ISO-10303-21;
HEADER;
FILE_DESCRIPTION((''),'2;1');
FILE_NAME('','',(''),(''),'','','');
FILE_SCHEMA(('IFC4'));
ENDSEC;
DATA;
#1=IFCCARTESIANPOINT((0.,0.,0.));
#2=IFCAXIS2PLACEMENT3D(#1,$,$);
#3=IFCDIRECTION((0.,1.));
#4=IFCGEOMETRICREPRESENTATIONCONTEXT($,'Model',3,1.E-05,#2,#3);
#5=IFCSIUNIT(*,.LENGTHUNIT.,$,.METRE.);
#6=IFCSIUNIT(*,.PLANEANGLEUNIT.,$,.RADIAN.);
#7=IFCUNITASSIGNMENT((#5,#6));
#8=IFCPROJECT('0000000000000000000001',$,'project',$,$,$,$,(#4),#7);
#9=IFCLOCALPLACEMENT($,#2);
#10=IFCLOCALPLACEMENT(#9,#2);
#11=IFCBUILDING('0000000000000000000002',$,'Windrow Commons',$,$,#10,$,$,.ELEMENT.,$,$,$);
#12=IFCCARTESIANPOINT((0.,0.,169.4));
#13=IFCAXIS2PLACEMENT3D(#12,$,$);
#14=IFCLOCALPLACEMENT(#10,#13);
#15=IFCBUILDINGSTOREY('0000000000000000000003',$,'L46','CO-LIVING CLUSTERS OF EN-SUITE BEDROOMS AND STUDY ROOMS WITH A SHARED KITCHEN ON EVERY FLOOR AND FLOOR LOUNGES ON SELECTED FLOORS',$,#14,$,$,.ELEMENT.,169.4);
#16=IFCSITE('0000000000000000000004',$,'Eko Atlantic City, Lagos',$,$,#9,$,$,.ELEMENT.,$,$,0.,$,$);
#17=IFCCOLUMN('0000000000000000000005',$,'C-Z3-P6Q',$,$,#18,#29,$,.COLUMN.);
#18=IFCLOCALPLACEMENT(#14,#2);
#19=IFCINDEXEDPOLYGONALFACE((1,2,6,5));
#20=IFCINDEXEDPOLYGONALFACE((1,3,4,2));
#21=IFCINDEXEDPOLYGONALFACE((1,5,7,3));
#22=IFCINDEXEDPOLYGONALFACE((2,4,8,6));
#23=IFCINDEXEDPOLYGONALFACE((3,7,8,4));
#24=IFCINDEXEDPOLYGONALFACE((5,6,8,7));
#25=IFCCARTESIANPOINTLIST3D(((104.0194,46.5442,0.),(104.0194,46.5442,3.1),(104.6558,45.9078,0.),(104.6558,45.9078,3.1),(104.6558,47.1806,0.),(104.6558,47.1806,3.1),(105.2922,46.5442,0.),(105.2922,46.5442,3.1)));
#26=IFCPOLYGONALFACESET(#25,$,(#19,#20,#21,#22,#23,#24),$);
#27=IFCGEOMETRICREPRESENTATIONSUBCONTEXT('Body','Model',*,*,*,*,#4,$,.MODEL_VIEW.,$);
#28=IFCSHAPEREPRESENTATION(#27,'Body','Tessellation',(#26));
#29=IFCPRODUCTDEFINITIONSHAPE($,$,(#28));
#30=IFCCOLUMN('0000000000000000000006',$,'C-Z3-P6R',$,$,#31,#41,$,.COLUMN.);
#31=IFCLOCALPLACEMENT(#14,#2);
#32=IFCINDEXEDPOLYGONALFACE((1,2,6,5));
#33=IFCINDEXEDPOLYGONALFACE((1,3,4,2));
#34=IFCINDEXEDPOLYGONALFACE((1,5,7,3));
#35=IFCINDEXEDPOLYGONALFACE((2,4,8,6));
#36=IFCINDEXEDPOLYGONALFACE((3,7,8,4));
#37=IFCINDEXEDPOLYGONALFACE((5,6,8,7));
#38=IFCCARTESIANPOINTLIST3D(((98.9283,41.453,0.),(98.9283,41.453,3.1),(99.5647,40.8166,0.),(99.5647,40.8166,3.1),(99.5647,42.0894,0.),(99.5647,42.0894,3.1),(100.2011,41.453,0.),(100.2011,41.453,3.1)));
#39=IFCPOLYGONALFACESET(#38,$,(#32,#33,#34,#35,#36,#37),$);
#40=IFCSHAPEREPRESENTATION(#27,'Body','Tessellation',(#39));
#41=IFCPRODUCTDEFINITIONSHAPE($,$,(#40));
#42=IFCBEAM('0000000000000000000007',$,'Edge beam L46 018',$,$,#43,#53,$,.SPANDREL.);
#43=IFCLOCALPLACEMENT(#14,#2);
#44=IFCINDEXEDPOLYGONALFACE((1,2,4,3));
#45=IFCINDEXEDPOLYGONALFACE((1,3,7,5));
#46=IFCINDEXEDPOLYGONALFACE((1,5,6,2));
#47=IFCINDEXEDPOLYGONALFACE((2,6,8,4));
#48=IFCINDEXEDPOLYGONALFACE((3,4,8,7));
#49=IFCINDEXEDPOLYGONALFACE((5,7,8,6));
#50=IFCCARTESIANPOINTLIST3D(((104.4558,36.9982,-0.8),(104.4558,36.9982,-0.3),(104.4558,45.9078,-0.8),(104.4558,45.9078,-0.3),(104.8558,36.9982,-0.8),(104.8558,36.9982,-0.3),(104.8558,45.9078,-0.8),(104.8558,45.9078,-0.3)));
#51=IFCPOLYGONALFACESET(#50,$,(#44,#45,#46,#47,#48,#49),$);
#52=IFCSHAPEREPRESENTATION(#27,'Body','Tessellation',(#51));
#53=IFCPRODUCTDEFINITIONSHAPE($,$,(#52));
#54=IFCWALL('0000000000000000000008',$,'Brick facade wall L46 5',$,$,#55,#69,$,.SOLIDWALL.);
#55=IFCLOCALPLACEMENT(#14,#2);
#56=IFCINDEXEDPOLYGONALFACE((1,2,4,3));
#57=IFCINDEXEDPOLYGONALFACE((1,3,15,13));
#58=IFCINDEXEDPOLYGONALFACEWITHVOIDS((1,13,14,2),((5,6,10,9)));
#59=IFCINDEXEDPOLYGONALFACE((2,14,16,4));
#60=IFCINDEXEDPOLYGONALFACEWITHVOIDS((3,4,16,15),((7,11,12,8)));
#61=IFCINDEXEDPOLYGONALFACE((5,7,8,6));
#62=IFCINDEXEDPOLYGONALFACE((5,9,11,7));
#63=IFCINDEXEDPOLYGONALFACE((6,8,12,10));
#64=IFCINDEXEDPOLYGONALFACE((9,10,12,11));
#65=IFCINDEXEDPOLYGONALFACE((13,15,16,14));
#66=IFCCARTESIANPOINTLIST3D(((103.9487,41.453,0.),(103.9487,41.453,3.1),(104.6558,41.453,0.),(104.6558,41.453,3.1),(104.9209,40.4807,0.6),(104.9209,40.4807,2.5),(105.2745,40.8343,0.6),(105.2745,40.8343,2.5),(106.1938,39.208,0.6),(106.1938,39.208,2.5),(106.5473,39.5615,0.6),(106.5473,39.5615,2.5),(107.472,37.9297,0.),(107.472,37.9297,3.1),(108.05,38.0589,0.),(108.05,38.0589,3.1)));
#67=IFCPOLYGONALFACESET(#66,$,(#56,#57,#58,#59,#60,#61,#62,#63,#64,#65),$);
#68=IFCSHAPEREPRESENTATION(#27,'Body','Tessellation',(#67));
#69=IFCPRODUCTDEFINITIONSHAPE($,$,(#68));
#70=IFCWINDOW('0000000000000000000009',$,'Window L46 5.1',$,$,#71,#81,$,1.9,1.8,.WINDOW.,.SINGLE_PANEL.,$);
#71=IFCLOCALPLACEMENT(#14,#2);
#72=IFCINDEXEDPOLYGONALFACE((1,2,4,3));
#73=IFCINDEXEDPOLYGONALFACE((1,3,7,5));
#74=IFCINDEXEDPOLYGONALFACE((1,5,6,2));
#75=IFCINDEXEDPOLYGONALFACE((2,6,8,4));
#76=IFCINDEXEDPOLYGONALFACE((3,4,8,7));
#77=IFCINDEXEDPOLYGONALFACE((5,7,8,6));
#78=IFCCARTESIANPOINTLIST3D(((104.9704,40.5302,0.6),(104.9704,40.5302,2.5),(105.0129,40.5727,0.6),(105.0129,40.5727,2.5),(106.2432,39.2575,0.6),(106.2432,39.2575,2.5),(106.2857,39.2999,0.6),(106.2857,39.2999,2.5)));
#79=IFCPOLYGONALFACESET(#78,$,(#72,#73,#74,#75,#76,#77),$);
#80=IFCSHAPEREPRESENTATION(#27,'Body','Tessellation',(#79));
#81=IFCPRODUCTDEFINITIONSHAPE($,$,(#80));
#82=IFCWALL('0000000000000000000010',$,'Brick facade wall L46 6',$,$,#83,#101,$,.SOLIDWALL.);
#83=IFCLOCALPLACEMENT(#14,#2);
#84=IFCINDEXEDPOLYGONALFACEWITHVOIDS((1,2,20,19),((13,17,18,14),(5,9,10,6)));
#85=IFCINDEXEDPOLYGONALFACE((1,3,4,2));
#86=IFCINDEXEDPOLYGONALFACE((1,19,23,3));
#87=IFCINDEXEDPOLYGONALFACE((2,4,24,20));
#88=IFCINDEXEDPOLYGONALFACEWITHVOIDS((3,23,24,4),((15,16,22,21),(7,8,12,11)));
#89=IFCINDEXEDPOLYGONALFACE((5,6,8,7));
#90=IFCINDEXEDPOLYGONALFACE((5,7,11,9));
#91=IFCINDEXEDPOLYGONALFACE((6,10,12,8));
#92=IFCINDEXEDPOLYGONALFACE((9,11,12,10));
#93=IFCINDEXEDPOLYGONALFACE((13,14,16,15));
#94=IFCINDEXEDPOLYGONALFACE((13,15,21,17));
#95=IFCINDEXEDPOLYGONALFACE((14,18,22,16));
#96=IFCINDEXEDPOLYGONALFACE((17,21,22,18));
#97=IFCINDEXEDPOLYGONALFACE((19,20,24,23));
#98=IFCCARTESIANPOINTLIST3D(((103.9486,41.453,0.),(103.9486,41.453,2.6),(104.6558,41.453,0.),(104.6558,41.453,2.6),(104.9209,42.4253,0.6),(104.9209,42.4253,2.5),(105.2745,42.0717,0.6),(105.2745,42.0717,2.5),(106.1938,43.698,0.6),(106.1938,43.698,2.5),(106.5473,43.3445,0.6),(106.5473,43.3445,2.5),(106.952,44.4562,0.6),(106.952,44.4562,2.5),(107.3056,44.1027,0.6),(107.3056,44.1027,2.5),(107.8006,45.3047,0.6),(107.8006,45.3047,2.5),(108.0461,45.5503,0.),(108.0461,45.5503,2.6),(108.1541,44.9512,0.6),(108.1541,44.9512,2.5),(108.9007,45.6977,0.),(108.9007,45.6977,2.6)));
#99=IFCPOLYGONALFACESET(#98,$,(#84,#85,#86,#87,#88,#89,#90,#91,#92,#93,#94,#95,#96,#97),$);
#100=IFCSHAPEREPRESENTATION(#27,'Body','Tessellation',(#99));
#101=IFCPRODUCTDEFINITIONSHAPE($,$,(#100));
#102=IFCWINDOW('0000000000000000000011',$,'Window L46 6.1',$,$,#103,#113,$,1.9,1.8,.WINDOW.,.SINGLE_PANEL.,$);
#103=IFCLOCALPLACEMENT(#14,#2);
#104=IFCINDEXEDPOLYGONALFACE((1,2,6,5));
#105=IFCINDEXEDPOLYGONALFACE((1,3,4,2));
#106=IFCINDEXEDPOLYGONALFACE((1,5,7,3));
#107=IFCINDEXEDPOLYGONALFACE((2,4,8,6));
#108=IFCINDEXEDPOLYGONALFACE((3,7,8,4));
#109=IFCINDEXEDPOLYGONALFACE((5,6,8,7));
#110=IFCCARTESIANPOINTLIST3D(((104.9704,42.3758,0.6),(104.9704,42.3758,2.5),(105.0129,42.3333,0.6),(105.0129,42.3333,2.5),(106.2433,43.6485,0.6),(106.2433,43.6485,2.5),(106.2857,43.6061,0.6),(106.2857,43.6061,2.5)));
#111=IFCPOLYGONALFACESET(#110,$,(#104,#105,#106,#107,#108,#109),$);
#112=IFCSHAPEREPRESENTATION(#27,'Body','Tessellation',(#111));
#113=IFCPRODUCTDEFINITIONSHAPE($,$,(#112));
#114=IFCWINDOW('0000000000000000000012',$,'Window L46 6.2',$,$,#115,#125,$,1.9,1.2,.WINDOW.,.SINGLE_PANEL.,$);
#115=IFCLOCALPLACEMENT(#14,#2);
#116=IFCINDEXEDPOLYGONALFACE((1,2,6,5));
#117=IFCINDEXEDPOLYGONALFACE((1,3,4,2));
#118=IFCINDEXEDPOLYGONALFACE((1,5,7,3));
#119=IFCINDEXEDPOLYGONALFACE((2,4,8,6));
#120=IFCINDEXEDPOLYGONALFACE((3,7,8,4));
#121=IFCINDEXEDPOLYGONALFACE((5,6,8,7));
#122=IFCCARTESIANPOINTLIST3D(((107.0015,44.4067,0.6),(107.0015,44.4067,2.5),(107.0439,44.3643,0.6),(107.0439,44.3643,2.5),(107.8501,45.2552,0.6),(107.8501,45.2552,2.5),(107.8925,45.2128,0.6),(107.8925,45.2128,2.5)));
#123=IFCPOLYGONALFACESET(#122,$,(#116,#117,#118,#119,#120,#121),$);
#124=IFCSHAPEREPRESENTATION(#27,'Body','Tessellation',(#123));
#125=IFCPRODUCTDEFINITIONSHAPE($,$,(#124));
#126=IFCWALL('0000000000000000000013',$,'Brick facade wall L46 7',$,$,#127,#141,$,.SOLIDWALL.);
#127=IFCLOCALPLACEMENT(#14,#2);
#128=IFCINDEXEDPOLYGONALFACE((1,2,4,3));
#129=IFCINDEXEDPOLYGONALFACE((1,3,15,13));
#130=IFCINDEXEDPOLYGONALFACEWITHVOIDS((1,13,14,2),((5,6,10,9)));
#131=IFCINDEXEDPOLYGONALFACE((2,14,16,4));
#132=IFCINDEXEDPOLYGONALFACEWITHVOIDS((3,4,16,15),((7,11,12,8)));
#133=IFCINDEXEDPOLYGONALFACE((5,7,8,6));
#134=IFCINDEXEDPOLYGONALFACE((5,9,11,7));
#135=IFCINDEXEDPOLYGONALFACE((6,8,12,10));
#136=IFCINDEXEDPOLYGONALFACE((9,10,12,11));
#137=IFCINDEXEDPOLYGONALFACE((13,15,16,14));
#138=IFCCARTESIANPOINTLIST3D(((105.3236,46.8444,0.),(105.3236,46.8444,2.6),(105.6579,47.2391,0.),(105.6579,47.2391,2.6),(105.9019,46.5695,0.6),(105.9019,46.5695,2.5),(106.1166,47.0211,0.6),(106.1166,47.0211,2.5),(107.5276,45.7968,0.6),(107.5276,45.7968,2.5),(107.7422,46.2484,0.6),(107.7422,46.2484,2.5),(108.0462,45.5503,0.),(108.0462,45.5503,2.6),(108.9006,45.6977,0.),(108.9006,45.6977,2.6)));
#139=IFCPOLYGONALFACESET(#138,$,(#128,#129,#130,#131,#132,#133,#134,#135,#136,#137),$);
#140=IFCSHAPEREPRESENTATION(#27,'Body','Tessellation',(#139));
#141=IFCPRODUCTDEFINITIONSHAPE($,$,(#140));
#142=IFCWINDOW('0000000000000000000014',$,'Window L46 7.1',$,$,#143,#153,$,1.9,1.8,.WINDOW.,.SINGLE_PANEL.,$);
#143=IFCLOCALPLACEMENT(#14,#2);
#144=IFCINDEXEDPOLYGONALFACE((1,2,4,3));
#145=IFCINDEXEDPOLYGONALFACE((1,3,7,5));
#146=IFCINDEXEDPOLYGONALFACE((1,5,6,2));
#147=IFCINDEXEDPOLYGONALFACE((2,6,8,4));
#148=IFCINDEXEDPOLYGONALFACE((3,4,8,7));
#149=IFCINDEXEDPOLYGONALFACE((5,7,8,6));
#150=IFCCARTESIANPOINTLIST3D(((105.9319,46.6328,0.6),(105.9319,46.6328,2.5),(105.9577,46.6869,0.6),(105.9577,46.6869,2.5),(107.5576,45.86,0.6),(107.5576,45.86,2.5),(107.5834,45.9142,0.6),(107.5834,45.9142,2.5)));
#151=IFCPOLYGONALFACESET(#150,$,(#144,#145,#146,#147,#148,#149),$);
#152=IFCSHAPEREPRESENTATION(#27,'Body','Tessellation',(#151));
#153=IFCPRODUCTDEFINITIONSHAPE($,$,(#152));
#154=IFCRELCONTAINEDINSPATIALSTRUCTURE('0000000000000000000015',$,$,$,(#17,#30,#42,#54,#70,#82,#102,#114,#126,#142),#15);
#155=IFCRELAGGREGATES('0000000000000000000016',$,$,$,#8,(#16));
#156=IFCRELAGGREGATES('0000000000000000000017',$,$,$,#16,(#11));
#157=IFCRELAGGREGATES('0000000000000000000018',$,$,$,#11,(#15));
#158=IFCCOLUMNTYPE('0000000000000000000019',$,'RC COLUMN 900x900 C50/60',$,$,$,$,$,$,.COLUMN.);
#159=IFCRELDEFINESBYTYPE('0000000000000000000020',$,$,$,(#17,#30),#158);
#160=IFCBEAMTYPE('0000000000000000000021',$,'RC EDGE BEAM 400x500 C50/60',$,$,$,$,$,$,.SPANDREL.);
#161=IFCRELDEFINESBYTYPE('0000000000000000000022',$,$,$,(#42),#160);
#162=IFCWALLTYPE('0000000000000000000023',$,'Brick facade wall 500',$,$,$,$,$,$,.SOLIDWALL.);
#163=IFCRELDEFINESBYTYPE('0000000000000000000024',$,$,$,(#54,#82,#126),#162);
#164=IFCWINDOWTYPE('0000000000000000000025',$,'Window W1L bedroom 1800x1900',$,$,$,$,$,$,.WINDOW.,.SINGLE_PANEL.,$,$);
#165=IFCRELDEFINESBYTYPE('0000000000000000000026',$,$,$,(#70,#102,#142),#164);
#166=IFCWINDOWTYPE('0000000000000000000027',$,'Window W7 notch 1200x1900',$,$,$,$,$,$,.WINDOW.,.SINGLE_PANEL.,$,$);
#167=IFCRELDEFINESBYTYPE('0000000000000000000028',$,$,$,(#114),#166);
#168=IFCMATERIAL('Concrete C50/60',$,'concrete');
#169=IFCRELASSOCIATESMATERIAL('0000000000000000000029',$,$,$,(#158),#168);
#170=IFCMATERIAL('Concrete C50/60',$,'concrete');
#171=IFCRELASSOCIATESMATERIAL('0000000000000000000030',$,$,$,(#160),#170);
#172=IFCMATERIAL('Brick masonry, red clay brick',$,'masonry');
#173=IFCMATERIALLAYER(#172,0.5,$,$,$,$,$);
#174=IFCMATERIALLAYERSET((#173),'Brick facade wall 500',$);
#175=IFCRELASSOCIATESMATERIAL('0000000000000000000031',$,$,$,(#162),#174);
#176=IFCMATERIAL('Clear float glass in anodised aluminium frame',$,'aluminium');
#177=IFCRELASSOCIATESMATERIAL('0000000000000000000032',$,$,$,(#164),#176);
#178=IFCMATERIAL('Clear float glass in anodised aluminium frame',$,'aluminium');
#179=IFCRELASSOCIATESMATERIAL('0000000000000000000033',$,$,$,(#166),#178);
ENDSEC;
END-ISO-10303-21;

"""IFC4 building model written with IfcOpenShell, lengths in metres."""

from ifc_helpers import new_model, si_unit, direction, frame, frame_2d, origin, origin_2d, place, context, subcontext, project, spatial, polyline, rectangle, outline, extrude, material, layer, layer_set, material_profile, profile_set, type_object, element, fill, save


model = new_model("IFC4")

# Units and contexts
model_context = context("Model", 3, precision=1e-05, world=origin(), true_north=direction((0.0, 1.0)))
body_context = subcontext(model_context, "Body", "Model", "MODEL_VIEW")
ifc_project = project(units=[si_unit("LENGTHUNIT", "METRE"), si_unit("PLANEANGLEUNIT", "RADIAN")], contexts=[model_context])

# Site, building, storey
site_placement = place(None, origin())
site = spatial("IfcSite", under=ifc_project, at=site_placement, Name="Eko Atlantic City, Lagos", CompositionType="ELEMENT", RefElevation=0.0)
building_placement = place(site_placement, origin())
building = spatial("IfcBuilding", under=site, at=building_placement, Name="Windrow Commons", CompositionType="ELEMENT")
storey_placement = place(building_placement, frame((0.0, 0.0, 169.4)))
storey = spatial("IfcBuildingStorey", under=building, at=storey_placement, Name="L46", Description="CO-LIVING CLUSTERS OF EN-SUITE BEDROOMS AND STUDY ROOMS WITH A SHARED KITCHEN ON EVERY FLOOR AND FLOOR LOUNGES ON SELECTED FLOORS", CompositionType="ELEMENT", Elevation=169.4)

# Columns
ifc_material_1 = material(Name="Concrete C50/60", Category="concrete")
ifc_material_profile_1 = material_profile(ifc_material_1, rectangle(XDim=0.9, YDim=0.9, at=origin_2d()))
ifc_profile_set_1 = profile_set([ifc_material_profile_1], Name="Concrete C50/60")
column_type = type_object("IfcColumnType", Name="RC COLUMN 900x900 C50/60", PredefinedType="COLUMN", material=ifc_profile_set_1)
for number, where, z_axis, x_axis, name in (
    (1, (104.6558, 46.5442, 0.0), (0.0, 0.0, 1.0), (0.707107, -0.707107, 0.0), "C-Z3-P6Q"),
    (2, (99.5647, 41.453, 0.0), (0.0, 0.0, 1.0), (0.707107, -0.707107, 0.0), "C-Z3-P6R"),
):
    element("IfcColumn", number, at=place(storey_placement, frame(where, z_axis=z_axis, x_axis=x_axis)), inside=storey, type_object=column_type, Name=name, PredefinedType="COLUMN", context=body_context, shape_type="SweptSolid", body=[
        extrude(rectangle(XDim=0.9, YDim=0.9, at=origin_2d()), origin(), (0.0, 0.0, 1.0), 3.1),
    ])

# Beam
ifc_material_2 = material(Name="Concrete C50/60", Category="concrete")
ifc_material_profile_2 = material_profile(ifc_material_2, rectangle(XDim=0.4, YDim=0.5, at=origin_2d()))
ifc_profile_set_2 = profile_set([ifc_material_profile_2], Name="Concrete C50/60")
beam_type = type_object("IfcBeamType", Name="RC EDGE BEAM 400x500 C50/60", PredefinedType="SPANDREL", material=ifc_profile_set_2)
beam_placement = place(storey_placement, frame((104.6558, 45.9078, -0.55), z_axis=(0.0, -1.0, 0.0), x_axis=(1.0, 0.0, 0.0)))
element("IfcBeam", 3, at=beam_placement, inside=storey, type_object=beam_type, Name="Edge beam L46 018", PredefinedType="SPANDREL", context=body_context, shape_type="SweptSolid", body=[
    extrude(rectangle(XDim=0.4, YDim=0.5, at=origin_2d()), origin(), (0.0, 0.0, 1.0), 8.9096),
])

# Wall, opening, window
ifc_material_3 = material(Name="Brick masonry, red clay brick", Category="masonry")
ifc_layer_1 = layer(ifc_material_3, 0.5)
ifc_layer_set_1 = layer_set([ifc_layer_1], Name="Brick facade wall 500")
wall_type_1 = type_object("IfcWallType", Name="Brick facade wall 500", PredefinedType="SOLIDWALL", material=ifc_layer_set_1)
wall_1_placement = place(storey_placement, frame((107.761, 37.9943, 0.0), z_axis=(0.0, 0.0, 1.0), x_axis=(-0.707117, 0.707097, 0.0)))
wall_1 = element("IfcWall", 4, at=wall_1_placement, inside=storey, type_object=wall_type_1, Name="Brick facade wall L46 5", PredefinedType="SOLIDWALL", context=body_context, shape_type="SweptSolid", body=[
    extrude(outline(polyline([(-0.1587, -0.25), (4.6414, -0.25), (5.1414, 0.25), (0.1587, 0.25), (-0.1587, -0.25)])), origin(), (0.0, 0.0, 1.0), 3.1),
])
opening_1_placement = place(wall_1_placement, frame((1.9664, 0.0, 0.6)))
opening_1 = element("IfcOpeningElement", 5, at=opening_1_placement, cuts=wall_1, PredefinedType="OPENING", context=body_context, shape_type="SweptSolid", body=[
    extrude(rectangle(XDim=1.8, YDim=1.9, at=frame_2d((0.9, 0.95))), frame((0.0, 0.26, 0.0), z_axis=(0.0, -1.0, 0.0), x_axis=(1.0, 0.0, 0.0)), (0.0, 0.0, 1.0), 0.52),
])
ifc_material_4 = material(Name="Clear float glass in anodised aluminium frame", Category="aluminium")
window_type_1 = type_object("IfcWindowType", Name="Window W1L bedroom 1800x1900", PartitioningType="SINGLE_PANEL", PredefinedType="WINDOW", material=ifc_material_4)
window_1_placement = place(opening_1_placement, origin())
window_1 = element("IfcWindow", 6, at=window_1_placement, inside=storey, type_object=window_type_1, Name="Window L46 5.1", OverallHeight=1.9, OverallWidth=1.8, PartitioningType="SINGLE_PANEL", PredefinedType="WINDOW", context=body_context, shape_type="SweptSolid", body=[
    extrude(rectangle(XDim=1.8, YDim=1.9, at=frame_2d((0.9, 0.95))), frame((0.0, 0.18, 0.0), z_axis=(0.0, -1.0, 0.0), x_axis=(1.0, 0.0, 0.0)), (0.0, 0.0, 1.0), 0.06),
])
fill(opening_1, window_1)

# Wall, openings, windows
wall_2_placement = place(storey_placement, frame((104.3022, 41.453, 0.0), z_axis=(0.0, 0.0, 1.0), x_axis=(0.707124, 0.70709, 0.0)))
wall_2 = element("IfcWall", 7, at=wall_2_placement, inside=storey, type_object=wall_type_1, Name="Brick facade wall L46 6", PredefinedType="SOLIDWALL", context=body_context, shape_type="SweptSolid", body=[
    extrude(outline(polyline([(0.25, -0.25), (6.2531, -0.25), (5.5446, 0.25), (-0.25, 0.25), (0.25, -0.25)])), origin(), (0.0, 0.0, 1.0), 2.6),
])
opening_2_placement = place(wall_2_placement, frame((1.125, 0.0, 0.6)))
opening_2 = element("IfcOpeningElement", 8, at=opening_2_placement, cuts=wall_2, PredefinedType="OPENING", context=body_context, shape_type="SweptSolid", body=[
    extrude(rectangle(XDim=1.8, YDim=1.9, at=frame_2d((0.9, 0.95))), frame((0.0, 0.26, 0.0), z_axis=(0.0, -1.0, 0.0), x_axis=(1.0, 0.0, 0.0)), (0.0, 0.0, 1.0), 0.52),
])
opening_3_placement = place(wall_2_placement, frame((3.9973, 0.0, 0.6)))
opening_3 = element("IfcOpeningElement", 9, at=opening_3_placement, cuts=wall_2, PredefinedType="OPENING", context=body_context, shape_type="SweptSolid", body=[
    extrude(rectangle(XDim=1.2, YDim=1.9, at=frame_2d((0.6, 0.95))), frame((0.0, 0.26, 0.0), z_axis=(0.0, -1.0, 0.0), x_axis=(1.0, 0.0, 0.0)), (0.0, 0.0, 1.0), 0.52),
])
window_2_placement = place(opening_2_placement, origin())
window_2 = element("IfcWindow", 10, at=window_2_placement, inside=storey, type_object=window_type_1, Name="Window L46 6.1", OverallHeight=1.9, OverallWidth=1.8, PartitioningType="SINGLE_PANEL", PredefinedType="WINDOW", context=body_context, shape_type="SweptSolid", body=[
    extrude(rectangle(XDim=1.8, YDim=1.9, at=frame_2d((0.9, 0.95))), frame((0.0, 0.18, 0.0), z_axis=(0.0, -1.0, 0.0), x_axis=(1.0, 0.0, 0.0)), (0.0, 0.0, 1.0), 0.06),
])
fill(opening_2, window_2)
ifc_material_5 = material(Name="Clear float glass in anodised aluminium frame", Category="aluminium")
window_type_2 = type_object("IfcWindowType", Name="Window W7 notch 1200x1900", PartitioningType="SINGLE_PANEL", PredefinedType="WINDOW", material=ifc_material_5)
window_3_placement = place(opening_3_placement, origin())
window_3 = element("IfcWindow", 11, at=window_3_placement, inside=storey, type_object=window_type_2, Name="Window L46 6.2", OverallHeight=1.9, OverallWidth=1.2, PartitioningType="SINGLE_PANEL", PredefinedType="WINDOW", context=body_context, shape_type="SweptSolid", body=[
    extrude(rectangle(XDim=1.2, YDim=1.9, at=frame_2d((0.6, 0.95))), frame((0.0, 0.18, 0.0), z_axis=(0.0, -1.0, 0.0), x_axis=(1.0, 0.0, 0.0)), (0.0, 0.0, 1.0), 0.06),
])
fill(opening_3, window_3)

# Wall, opening, window
wall_3_placement = place(storey_placement, frame((108.4734, 45.624, 0.0), z_axis=(0.0, 0.0, 1.0), x_axis=(-0.903158, 0.429308, 0.0)))
wall_3 = element("IfcWall", 12, at=wall_3_placement, inside=storey, type_object=wall_type_1, Name="Brick facade wall L46 7", PredefinedType="SOLIDWALL", context=body_context, shape_type="SweptSolid", body=[
    extrude(outline(polyline([(-0.3542, -0.25), (3.2362, -0.25), (3.3687, 0.25), (0.3542, 0.25), (-0.3542, -0.25)])), origin(), (0.0, 0.0, 1.0), 2.6),
])
opening_4_placement = place(wall_3_placement, frame((0.9284, 0.0, 0.6)))
opening_4 = element("IfcOpeningElement", 13, at=opening_4_placement, cuts=wall_3, PredefinedType="OPENING", context=body_context, shape_type="SweptSolid", body=[
    extrude(rectangle(XDim=1.8, YDim=1.9, at=frame_2d((0.9, 0.95))), frame((0.0, 0.26, 0.0), z_axis=(0.0, -1.0, 0.0), x_axis=(1.0, 0.0, 0.0)), (0.0, 0.0, 1.0), 0.52),
])
window_4_placement = place(opening_4_placement, origin())
window_4 = element("IfcWindow", 14, at=window_4_placement, inside=storey, type_object=window_type_1, Name="Window L46 7.1", OverallHeight=1.9, OverallWidth=1.8, PartitioningType="SINGLE_PANEL", PredefinedType="WINDOW", context=body_context, shape_type="SweptSolid", body=[
    extrude(rectangle(XDim=1.8, YDim=1.9, at=frame_2d((0.9, 0.95))), frame((0.0, 0.18, 0.0), z_axis=(0.0, -1.0, 0.0), x_axis=(1.0, 0.0, 0.0)), (0.0, 0.0, 1.0), 0.06),
])
fill(opening_4, window_4)

save(model, "model.ifc")
